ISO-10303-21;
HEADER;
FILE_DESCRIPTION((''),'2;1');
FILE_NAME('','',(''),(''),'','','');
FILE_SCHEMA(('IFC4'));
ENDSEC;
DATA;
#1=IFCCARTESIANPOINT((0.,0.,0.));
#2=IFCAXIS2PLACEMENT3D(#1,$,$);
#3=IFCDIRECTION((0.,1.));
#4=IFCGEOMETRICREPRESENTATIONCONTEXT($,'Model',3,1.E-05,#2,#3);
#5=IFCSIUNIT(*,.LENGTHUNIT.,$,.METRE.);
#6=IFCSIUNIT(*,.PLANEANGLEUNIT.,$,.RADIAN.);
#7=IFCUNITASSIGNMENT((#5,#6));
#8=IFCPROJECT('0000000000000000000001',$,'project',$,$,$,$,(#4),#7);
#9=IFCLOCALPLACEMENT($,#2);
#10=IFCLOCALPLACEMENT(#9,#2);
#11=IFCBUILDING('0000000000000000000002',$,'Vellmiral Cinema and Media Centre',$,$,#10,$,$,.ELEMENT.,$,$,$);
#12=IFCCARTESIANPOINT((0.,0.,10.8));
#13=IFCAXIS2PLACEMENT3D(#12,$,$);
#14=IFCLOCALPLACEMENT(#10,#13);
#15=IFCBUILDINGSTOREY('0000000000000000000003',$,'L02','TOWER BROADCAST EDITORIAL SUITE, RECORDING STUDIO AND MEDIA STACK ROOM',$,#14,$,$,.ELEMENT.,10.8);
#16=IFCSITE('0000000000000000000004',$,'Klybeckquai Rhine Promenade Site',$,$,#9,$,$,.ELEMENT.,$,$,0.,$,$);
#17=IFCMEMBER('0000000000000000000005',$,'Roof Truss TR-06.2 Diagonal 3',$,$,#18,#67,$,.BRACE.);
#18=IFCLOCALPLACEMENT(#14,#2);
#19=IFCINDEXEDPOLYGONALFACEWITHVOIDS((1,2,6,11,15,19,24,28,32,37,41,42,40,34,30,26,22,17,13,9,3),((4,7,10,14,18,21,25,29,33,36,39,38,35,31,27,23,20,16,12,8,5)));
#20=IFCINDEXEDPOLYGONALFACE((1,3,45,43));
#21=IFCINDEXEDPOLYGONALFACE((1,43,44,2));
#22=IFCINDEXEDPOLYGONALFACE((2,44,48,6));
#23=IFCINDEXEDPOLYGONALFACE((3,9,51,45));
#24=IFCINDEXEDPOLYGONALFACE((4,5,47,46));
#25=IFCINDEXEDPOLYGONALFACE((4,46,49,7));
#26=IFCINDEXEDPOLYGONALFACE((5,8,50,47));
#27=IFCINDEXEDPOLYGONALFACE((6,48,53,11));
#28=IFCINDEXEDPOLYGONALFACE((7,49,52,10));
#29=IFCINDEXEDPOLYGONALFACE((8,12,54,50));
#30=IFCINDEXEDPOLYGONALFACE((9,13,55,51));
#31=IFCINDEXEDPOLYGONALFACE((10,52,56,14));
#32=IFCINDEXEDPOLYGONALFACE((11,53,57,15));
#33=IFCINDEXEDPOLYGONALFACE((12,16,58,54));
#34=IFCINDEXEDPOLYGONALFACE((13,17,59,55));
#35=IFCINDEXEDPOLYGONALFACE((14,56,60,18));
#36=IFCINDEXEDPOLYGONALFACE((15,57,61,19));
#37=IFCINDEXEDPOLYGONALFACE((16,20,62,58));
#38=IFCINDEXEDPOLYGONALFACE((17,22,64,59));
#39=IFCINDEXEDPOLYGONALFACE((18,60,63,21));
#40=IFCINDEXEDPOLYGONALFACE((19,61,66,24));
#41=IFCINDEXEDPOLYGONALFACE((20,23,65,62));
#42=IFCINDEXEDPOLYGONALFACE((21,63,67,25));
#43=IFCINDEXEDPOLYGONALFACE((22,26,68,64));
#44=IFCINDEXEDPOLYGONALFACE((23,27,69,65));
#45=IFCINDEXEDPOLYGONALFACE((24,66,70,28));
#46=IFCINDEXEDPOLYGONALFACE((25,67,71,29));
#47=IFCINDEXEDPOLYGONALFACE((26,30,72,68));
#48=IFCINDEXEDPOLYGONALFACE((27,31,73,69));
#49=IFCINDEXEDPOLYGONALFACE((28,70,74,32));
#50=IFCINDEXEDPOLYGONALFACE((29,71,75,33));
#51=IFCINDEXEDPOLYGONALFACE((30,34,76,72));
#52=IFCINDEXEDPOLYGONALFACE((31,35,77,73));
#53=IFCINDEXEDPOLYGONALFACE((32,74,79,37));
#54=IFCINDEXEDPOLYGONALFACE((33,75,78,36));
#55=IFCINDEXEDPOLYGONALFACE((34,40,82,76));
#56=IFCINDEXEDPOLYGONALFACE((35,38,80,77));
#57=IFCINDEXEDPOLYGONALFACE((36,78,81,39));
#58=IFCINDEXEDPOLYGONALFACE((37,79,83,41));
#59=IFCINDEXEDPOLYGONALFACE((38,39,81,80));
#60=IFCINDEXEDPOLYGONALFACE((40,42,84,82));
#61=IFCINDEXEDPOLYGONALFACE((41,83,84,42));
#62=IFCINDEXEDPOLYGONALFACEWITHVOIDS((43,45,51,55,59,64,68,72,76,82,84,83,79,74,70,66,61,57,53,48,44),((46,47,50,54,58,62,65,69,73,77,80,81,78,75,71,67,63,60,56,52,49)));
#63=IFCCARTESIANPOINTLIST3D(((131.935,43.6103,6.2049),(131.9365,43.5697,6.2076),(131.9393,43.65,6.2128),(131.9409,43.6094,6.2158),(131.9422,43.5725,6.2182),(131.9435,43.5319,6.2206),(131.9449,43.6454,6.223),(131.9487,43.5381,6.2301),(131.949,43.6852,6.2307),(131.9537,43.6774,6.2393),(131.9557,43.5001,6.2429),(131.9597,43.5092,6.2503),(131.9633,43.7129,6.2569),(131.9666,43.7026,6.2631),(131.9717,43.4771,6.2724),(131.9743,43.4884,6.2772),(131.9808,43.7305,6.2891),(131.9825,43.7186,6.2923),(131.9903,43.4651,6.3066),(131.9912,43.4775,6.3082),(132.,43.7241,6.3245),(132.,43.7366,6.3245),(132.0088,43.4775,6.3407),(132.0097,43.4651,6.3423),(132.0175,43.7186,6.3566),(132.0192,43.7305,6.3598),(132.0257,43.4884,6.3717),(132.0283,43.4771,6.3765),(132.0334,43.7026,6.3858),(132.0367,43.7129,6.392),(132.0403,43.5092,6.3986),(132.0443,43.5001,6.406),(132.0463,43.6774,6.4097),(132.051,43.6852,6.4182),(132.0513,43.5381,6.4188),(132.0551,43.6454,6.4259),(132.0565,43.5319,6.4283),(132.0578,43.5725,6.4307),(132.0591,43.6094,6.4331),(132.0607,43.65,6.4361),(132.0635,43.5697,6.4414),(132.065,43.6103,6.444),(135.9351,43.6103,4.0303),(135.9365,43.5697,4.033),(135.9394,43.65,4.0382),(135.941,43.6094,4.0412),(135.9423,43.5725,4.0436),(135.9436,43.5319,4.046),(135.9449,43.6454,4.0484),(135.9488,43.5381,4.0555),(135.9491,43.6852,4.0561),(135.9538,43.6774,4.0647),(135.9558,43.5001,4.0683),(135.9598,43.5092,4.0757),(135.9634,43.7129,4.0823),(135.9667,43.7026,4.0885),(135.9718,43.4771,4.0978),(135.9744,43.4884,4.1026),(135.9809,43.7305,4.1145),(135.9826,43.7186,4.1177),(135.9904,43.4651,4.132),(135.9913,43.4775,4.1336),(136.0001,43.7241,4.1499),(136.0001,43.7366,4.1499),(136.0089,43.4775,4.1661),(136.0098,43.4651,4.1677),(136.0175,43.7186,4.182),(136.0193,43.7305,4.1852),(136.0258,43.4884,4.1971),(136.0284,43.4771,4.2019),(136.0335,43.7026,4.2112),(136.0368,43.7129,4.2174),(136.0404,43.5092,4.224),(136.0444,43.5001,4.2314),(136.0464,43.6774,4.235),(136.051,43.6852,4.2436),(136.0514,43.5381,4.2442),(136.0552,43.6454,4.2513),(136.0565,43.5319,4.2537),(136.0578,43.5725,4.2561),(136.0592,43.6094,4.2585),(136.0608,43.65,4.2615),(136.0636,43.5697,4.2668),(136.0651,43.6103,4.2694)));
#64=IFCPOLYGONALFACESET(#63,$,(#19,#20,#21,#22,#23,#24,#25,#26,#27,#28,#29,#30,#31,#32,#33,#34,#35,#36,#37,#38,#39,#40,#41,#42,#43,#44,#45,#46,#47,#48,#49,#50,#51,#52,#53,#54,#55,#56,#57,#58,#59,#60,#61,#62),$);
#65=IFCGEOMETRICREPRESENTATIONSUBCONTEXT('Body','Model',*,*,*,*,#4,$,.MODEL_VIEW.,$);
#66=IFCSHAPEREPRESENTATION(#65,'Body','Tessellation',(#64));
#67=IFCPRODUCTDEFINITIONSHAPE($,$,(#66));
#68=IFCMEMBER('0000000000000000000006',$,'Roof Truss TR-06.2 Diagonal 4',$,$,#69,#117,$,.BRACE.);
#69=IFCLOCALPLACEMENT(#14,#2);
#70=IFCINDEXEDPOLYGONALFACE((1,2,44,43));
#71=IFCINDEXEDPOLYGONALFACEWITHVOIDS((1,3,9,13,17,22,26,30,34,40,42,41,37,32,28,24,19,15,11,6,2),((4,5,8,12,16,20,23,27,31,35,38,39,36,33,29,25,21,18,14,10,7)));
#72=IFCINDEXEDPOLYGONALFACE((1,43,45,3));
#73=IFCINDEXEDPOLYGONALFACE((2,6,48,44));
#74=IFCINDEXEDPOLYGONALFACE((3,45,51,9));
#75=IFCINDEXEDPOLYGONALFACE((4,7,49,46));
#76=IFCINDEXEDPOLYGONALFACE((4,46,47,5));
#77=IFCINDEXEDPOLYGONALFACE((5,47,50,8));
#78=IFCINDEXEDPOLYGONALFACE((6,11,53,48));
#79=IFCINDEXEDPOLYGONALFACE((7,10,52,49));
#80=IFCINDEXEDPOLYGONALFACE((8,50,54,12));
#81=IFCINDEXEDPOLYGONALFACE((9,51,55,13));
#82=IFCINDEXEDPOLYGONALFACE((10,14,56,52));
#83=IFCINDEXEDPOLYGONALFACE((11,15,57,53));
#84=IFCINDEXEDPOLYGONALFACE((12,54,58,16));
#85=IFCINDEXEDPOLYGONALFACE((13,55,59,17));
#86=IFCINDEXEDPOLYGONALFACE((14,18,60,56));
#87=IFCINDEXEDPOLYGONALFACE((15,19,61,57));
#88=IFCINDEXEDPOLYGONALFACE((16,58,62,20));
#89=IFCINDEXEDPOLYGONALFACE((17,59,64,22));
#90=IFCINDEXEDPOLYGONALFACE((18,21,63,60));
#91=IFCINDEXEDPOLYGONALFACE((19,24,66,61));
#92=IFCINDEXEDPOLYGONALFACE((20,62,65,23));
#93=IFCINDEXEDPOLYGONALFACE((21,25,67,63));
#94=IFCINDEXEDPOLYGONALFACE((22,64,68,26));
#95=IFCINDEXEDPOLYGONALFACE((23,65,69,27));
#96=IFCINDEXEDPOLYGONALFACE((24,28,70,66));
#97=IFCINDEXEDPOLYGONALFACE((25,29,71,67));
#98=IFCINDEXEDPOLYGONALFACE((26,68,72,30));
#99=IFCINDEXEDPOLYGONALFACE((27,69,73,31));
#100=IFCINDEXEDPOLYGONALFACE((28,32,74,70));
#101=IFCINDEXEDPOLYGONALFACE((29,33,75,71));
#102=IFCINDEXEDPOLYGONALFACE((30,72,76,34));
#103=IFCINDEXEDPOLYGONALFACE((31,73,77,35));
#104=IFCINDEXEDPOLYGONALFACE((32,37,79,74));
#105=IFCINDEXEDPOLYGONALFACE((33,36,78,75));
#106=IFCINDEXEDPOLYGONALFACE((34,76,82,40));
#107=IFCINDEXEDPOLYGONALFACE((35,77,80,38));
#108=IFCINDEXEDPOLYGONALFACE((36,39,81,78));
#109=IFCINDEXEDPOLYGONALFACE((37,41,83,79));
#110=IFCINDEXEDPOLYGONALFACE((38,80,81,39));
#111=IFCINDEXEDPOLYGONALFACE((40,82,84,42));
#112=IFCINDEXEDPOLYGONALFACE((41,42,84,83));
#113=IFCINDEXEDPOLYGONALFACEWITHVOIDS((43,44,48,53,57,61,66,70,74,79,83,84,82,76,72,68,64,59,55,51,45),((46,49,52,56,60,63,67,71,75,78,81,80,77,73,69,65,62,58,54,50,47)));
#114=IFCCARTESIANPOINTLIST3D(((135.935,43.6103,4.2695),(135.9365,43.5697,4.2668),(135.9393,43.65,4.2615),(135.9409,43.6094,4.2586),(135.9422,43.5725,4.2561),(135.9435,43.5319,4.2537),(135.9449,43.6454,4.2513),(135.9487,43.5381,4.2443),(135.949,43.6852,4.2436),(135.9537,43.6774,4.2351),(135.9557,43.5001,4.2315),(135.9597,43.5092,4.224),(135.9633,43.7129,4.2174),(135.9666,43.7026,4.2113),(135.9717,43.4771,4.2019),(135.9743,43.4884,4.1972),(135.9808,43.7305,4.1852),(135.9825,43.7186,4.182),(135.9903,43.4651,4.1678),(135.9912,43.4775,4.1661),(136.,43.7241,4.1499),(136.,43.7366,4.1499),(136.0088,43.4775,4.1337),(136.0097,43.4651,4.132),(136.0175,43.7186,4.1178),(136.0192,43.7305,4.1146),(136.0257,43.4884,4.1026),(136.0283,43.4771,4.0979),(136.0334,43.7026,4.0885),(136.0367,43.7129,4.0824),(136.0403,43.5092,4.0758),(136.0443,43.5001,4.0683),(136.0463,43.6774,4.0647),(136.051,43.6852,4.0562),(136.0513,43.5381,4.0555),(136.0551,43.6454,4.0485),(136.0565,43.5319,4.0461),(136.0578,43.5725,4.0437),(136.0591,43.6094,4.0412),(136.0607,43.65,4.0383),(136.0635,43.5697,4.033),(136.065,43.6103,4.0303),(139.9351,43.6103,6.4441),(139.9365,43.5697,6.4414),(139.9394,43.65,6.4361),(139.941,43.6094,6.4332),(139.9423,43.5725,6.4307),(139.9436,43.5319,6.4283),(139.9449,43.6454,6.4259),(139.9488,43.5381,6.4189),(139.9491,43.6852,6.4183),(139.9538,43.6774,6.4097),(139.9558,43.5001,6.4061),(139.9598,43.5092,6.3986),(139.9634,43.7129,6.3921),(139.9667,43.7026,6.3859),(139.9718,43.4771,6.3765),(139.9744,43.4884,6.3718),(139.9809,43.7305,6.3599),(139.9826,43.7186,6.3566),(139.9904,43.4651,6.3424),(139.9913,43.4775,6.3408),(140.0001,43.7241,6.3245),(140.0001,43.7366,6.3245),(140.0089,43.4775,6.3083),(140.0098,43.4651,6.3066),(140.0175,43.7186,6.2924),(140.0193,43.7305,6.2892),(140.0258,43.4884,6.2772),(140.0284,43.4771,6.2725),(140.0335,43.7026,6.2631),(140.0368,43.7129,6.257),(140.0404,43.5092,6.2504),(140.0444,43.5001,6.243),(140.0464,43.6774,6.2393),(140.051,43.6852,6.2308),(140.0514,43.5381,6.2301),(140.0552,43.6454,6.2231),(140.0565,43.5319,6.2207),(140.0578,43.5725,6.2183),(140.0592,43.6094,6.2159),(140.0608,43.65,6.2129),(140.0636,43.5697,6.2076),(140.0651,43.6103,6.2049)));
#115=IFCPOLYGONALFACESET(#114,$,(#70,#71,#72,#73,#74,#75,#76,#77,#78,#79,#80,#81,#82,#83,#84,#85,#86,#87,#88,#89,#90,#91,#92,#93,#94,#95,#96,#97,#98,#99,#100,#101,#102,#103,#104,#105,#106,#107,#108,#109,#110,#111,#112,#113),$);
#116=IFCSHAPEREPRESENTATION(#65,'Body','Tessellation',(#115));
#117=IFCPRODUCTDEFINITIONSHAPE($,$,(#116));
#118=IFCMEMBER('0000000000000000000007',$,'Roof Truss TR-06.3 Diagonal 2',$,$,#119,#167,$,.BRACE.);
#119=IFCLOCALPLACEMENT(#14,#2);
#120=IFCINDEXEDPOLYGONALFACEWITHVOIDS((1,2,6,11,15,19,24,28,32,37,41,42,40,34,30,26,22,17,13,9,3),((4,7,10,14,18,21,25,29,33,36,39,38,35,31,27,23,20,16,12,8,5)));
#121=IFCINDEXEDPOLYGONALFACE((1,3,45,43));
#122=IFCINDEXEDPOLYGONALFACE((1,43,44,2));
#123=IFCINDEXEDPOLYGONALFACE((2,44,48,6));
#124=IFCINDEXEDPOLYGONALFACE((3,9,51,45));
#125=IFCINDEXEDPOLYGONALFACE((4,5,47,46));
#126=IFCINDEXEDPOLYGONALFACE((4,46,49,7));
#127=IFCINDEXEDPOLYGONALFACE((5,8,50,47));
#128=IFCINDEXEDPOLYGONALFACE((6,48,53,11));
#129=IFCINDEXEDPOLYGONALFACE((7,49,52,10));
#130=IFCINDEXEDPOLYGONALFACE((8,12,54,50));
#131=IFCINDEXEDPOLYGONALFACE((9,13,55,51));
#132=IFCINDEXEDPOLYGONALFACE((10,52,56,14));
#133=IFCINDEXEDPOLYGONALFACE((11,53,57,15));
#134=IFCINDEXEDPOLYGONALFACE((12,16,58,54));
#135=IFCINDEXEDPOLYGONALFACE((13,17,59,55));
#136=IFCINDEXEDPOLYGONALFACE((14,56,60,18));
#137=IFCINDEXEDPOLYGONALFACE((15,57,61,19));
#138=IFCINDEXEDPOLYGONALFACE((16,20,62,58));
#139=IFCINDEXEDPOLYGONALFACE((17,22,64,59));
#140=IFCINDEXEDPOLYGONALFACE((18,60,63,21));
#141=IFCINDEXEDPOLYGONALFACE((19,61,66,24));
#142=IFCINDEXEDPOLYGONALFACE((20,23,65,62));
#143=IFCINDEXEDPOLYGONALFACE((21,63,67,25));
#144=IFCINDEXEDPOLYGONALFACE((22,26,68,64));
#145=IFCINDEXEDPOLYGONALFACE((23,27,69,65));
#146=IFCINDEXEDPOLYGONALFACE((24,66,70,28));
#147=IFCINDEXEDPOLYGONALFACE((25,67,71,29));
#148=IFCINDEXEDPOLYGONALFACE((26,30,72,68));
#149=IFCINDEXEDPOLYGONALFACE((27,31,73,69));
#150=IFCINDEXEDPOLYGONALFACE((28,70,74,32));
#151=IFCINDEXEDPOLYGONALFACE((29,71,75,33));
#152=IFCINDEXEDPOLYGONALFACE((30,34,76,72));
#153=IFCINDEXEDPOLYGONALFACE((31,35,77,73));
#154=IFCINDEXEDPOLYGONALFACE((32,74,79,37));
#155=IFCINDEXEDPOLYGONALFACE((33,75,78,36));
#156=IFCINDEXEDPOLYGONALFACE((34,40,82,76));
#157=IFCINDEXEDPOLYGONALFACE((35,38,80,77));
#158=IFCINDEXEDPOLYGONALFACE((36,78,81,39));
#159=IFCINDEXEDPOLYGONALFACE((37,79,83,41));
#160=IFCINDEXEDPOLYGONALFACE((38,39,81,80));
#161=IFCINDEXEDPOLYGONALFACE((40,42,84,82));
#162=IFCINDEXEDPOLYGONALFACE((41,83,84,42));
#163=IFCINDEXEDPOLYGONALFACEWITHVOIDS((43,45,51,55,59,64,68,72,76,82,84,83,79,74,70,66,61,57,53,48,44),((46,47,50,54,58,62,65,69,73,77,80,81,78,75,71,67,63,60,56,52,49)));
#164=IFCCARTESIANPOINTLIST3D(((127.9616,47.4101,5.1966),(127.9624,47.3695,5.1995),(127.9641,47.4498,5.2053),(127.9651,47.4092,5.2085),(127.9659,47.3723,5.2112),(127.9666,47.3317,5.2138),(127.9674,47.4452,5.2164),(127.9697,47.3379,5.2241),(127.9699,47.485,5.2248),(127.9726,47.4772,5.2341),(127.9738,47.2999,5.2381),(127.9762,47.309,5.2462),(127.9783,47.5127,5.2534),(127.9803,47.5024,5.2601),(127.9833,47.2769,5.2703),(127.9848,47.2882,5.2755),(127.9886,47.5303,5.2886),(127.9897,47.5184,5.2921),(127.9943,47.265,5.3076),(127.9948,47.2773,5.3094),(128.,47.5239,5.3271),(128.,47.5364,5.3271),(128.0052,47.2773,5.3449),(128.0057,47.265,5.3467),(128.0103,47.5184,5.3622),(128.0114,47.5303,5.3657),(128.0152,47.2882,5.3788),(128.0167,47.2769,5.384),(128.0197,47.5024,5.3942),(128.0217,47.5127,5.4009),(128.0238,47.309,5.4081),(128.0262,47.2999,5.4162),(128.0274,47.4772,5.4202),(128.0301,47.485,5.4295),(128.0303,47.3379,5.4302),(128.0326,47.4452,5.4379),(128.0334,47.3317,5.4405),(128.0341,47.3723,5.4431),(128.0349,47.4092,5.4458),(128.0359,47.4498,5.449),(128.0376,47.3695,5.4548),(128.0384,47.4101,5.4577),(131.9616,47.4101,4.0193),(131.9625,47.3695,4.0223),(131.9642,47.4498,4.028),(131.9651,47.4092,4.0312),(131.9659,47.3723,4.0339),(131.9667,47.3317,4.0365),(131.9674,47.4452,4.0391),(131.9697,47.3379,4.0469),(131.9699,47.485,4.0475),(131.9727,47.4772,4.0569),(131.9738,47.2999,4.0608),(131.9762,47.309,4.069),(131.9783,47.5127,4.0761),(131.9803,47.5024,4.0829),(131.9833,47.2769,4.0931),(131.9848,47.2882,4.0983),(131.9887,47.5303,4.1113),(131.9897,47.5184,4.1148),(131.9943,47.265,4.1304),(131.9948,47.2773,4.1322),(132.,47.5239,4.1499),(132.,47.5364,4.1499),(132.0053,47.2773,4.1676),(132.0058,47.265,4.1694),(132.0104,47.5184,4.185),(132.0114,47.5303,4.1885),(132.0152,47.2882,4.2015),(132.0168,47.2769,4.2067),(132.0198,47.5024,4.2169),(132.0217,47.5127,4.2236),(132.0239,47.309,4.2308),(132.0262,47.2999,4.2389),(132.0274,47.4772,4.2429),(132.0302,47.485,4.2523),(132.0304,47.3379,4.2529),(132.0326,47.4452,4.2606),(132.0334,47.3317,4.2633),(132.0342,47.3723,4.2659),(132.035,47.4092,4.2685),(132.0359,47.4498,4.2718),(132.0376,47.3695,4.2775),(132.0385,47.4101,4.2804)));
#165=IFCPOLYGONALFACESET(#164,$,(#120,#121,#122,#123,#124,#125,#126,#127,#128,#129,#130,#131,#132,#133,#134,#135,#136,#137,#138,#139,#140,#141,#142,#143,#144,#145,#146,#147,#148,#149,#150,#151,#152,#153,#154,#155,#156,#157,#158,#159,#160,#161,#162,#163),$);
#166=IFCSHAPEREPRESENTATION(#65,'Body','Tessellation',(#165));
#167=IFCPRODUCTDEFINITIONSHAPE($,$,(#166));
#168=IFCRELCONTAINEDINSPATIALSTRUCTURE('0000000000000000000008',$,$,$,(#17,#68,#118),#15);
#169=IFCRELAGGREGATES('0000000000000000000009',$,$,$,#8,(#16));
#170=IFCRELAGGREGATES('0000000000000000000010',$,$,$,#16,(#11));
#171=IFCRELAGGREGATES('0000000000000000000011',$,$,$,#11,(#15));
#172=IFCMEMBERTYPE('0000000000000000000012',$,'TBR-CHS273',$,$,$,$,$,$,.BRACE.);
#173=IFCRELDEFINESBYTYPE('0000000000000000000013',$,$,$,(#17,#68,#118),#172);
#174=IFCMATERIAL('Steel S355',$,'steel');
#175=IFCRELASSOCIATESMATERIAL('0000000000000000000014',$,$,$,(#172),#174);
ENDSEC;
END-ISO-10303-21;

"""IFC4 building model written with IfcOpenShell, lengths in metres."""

from ifc_helpers import new_model, si_unit, direction, frame, origin, origin_2d, place, context, subcontext, project, spatial, hollow_circle, extrude, material, material_profile, profile_set, type_object, element, save


model = new_model("IFC4")

# Units and contexts
model_context = context("Model", 3, precision=1e-05, world=origin(), true_north=direction((0.0, 1.0)))
body_context = subcontext(model_context, "Body", "Model", "MODEL_VIEW")
ifc_project = project(units=[si_unit("LENGTHUNIT", "METRE"), si_unit("PLANEANGLEUNIT", "RADIAN")], contexts=[model_context])

# Site, building, storey
site_placement = place(None, origin())
site = spatial("IfcSite", under=ifc_project, at=site_placement, Name="Klybeckquai Rhine Promenade Site", CompositionType="ELEMENT", RefElevation=0.0)
building_placement = place(site_placement, origin())
building = spatial("IfcBuilding", under=site, at=building_placement, Name="Vellmiral Cinema and Media Centre", CompositionType="ELEMENT")
storey_placement = place(building_placement, frame((0.0, 0.0, 10.8)))
storey = spatial("IfcBuildingStorey", under=building, at=storey_placement, Name="L02", Description="TOWER BROADCAST EDITORIAL SUITE, RECORDING STUDIO AND MEDIA STACK ROOM", CompositionType="ELEMENT", Elevation=10.8)

# Members
ifc_material_1 = material(Name="Steel S355", Category="steel")
ifc_material_profile_1 = material_profile(ifc_material_1, hollow_circle(Radius=0.1365, WallThickness=0.0125, at=origin_2d()), Name="CHS 273.0x12.5")
ifc_profile_set_1 = profile_set([ifc_material_profile_1], Name="Steel S355")
member_type_1 = type_object("IfcMemberType", Name="TBR-CHS273", PredefinedType="BRACE", material=ifc_profile_set_1)
for number, where, z_axis, x_axis, name in (
    (1, (132.0, 43.6001, 6.3245), (0.878565, 0.0, -0.477623), (0.0, 1.0, 0.0), "Roof Truss TR-06.2 Diagonal 3"),
    (2, (136.0, 43.6001, 4.1499), (0.878565, 0.0, 0.477623), (0.0, 1.0, 0.0), "Roof Truss TR-06.2 Diagonal 4"),
):
    element("IfcMember", number, at=place(storey_placement, frame(where, z_axis=z_axis, x_axis=x_axis)), inside=storey, type_object=member_type_1, Name=name, PredefinedType="BRACE", context=body_context, shape_type="SweptSolid", body=[
        extrude(hollow_circle(Radius=0.1365, WallThickness=0.0125, at=origin_2d()), origin(), (0.0, 0.0, 1.0), 4.553),
    ])
member_1_placement = place(storey_placement, frame((128.0, 47.3999, 5.3271), z_axis=(0.959315, 0.0, -0.282338), x_axis=(0.0, 1.0, 0.0)))
element("IfcMember", 3, at=member_1_placement, inside=storey, type_object=member_type_1, Name="Roof Truss TR-06.3 Diagonal 2", PredefinedType="BRACE", context=body_context, shape_type="SweptSolid", body=[
    extrude(hollow_circle(Radius=0.1365, WallThickness=0.0125, at=origin_2d()), origin(), (0.0, 0.0, 1.0), 4.1697),
])

save(model, "model.ifc")
